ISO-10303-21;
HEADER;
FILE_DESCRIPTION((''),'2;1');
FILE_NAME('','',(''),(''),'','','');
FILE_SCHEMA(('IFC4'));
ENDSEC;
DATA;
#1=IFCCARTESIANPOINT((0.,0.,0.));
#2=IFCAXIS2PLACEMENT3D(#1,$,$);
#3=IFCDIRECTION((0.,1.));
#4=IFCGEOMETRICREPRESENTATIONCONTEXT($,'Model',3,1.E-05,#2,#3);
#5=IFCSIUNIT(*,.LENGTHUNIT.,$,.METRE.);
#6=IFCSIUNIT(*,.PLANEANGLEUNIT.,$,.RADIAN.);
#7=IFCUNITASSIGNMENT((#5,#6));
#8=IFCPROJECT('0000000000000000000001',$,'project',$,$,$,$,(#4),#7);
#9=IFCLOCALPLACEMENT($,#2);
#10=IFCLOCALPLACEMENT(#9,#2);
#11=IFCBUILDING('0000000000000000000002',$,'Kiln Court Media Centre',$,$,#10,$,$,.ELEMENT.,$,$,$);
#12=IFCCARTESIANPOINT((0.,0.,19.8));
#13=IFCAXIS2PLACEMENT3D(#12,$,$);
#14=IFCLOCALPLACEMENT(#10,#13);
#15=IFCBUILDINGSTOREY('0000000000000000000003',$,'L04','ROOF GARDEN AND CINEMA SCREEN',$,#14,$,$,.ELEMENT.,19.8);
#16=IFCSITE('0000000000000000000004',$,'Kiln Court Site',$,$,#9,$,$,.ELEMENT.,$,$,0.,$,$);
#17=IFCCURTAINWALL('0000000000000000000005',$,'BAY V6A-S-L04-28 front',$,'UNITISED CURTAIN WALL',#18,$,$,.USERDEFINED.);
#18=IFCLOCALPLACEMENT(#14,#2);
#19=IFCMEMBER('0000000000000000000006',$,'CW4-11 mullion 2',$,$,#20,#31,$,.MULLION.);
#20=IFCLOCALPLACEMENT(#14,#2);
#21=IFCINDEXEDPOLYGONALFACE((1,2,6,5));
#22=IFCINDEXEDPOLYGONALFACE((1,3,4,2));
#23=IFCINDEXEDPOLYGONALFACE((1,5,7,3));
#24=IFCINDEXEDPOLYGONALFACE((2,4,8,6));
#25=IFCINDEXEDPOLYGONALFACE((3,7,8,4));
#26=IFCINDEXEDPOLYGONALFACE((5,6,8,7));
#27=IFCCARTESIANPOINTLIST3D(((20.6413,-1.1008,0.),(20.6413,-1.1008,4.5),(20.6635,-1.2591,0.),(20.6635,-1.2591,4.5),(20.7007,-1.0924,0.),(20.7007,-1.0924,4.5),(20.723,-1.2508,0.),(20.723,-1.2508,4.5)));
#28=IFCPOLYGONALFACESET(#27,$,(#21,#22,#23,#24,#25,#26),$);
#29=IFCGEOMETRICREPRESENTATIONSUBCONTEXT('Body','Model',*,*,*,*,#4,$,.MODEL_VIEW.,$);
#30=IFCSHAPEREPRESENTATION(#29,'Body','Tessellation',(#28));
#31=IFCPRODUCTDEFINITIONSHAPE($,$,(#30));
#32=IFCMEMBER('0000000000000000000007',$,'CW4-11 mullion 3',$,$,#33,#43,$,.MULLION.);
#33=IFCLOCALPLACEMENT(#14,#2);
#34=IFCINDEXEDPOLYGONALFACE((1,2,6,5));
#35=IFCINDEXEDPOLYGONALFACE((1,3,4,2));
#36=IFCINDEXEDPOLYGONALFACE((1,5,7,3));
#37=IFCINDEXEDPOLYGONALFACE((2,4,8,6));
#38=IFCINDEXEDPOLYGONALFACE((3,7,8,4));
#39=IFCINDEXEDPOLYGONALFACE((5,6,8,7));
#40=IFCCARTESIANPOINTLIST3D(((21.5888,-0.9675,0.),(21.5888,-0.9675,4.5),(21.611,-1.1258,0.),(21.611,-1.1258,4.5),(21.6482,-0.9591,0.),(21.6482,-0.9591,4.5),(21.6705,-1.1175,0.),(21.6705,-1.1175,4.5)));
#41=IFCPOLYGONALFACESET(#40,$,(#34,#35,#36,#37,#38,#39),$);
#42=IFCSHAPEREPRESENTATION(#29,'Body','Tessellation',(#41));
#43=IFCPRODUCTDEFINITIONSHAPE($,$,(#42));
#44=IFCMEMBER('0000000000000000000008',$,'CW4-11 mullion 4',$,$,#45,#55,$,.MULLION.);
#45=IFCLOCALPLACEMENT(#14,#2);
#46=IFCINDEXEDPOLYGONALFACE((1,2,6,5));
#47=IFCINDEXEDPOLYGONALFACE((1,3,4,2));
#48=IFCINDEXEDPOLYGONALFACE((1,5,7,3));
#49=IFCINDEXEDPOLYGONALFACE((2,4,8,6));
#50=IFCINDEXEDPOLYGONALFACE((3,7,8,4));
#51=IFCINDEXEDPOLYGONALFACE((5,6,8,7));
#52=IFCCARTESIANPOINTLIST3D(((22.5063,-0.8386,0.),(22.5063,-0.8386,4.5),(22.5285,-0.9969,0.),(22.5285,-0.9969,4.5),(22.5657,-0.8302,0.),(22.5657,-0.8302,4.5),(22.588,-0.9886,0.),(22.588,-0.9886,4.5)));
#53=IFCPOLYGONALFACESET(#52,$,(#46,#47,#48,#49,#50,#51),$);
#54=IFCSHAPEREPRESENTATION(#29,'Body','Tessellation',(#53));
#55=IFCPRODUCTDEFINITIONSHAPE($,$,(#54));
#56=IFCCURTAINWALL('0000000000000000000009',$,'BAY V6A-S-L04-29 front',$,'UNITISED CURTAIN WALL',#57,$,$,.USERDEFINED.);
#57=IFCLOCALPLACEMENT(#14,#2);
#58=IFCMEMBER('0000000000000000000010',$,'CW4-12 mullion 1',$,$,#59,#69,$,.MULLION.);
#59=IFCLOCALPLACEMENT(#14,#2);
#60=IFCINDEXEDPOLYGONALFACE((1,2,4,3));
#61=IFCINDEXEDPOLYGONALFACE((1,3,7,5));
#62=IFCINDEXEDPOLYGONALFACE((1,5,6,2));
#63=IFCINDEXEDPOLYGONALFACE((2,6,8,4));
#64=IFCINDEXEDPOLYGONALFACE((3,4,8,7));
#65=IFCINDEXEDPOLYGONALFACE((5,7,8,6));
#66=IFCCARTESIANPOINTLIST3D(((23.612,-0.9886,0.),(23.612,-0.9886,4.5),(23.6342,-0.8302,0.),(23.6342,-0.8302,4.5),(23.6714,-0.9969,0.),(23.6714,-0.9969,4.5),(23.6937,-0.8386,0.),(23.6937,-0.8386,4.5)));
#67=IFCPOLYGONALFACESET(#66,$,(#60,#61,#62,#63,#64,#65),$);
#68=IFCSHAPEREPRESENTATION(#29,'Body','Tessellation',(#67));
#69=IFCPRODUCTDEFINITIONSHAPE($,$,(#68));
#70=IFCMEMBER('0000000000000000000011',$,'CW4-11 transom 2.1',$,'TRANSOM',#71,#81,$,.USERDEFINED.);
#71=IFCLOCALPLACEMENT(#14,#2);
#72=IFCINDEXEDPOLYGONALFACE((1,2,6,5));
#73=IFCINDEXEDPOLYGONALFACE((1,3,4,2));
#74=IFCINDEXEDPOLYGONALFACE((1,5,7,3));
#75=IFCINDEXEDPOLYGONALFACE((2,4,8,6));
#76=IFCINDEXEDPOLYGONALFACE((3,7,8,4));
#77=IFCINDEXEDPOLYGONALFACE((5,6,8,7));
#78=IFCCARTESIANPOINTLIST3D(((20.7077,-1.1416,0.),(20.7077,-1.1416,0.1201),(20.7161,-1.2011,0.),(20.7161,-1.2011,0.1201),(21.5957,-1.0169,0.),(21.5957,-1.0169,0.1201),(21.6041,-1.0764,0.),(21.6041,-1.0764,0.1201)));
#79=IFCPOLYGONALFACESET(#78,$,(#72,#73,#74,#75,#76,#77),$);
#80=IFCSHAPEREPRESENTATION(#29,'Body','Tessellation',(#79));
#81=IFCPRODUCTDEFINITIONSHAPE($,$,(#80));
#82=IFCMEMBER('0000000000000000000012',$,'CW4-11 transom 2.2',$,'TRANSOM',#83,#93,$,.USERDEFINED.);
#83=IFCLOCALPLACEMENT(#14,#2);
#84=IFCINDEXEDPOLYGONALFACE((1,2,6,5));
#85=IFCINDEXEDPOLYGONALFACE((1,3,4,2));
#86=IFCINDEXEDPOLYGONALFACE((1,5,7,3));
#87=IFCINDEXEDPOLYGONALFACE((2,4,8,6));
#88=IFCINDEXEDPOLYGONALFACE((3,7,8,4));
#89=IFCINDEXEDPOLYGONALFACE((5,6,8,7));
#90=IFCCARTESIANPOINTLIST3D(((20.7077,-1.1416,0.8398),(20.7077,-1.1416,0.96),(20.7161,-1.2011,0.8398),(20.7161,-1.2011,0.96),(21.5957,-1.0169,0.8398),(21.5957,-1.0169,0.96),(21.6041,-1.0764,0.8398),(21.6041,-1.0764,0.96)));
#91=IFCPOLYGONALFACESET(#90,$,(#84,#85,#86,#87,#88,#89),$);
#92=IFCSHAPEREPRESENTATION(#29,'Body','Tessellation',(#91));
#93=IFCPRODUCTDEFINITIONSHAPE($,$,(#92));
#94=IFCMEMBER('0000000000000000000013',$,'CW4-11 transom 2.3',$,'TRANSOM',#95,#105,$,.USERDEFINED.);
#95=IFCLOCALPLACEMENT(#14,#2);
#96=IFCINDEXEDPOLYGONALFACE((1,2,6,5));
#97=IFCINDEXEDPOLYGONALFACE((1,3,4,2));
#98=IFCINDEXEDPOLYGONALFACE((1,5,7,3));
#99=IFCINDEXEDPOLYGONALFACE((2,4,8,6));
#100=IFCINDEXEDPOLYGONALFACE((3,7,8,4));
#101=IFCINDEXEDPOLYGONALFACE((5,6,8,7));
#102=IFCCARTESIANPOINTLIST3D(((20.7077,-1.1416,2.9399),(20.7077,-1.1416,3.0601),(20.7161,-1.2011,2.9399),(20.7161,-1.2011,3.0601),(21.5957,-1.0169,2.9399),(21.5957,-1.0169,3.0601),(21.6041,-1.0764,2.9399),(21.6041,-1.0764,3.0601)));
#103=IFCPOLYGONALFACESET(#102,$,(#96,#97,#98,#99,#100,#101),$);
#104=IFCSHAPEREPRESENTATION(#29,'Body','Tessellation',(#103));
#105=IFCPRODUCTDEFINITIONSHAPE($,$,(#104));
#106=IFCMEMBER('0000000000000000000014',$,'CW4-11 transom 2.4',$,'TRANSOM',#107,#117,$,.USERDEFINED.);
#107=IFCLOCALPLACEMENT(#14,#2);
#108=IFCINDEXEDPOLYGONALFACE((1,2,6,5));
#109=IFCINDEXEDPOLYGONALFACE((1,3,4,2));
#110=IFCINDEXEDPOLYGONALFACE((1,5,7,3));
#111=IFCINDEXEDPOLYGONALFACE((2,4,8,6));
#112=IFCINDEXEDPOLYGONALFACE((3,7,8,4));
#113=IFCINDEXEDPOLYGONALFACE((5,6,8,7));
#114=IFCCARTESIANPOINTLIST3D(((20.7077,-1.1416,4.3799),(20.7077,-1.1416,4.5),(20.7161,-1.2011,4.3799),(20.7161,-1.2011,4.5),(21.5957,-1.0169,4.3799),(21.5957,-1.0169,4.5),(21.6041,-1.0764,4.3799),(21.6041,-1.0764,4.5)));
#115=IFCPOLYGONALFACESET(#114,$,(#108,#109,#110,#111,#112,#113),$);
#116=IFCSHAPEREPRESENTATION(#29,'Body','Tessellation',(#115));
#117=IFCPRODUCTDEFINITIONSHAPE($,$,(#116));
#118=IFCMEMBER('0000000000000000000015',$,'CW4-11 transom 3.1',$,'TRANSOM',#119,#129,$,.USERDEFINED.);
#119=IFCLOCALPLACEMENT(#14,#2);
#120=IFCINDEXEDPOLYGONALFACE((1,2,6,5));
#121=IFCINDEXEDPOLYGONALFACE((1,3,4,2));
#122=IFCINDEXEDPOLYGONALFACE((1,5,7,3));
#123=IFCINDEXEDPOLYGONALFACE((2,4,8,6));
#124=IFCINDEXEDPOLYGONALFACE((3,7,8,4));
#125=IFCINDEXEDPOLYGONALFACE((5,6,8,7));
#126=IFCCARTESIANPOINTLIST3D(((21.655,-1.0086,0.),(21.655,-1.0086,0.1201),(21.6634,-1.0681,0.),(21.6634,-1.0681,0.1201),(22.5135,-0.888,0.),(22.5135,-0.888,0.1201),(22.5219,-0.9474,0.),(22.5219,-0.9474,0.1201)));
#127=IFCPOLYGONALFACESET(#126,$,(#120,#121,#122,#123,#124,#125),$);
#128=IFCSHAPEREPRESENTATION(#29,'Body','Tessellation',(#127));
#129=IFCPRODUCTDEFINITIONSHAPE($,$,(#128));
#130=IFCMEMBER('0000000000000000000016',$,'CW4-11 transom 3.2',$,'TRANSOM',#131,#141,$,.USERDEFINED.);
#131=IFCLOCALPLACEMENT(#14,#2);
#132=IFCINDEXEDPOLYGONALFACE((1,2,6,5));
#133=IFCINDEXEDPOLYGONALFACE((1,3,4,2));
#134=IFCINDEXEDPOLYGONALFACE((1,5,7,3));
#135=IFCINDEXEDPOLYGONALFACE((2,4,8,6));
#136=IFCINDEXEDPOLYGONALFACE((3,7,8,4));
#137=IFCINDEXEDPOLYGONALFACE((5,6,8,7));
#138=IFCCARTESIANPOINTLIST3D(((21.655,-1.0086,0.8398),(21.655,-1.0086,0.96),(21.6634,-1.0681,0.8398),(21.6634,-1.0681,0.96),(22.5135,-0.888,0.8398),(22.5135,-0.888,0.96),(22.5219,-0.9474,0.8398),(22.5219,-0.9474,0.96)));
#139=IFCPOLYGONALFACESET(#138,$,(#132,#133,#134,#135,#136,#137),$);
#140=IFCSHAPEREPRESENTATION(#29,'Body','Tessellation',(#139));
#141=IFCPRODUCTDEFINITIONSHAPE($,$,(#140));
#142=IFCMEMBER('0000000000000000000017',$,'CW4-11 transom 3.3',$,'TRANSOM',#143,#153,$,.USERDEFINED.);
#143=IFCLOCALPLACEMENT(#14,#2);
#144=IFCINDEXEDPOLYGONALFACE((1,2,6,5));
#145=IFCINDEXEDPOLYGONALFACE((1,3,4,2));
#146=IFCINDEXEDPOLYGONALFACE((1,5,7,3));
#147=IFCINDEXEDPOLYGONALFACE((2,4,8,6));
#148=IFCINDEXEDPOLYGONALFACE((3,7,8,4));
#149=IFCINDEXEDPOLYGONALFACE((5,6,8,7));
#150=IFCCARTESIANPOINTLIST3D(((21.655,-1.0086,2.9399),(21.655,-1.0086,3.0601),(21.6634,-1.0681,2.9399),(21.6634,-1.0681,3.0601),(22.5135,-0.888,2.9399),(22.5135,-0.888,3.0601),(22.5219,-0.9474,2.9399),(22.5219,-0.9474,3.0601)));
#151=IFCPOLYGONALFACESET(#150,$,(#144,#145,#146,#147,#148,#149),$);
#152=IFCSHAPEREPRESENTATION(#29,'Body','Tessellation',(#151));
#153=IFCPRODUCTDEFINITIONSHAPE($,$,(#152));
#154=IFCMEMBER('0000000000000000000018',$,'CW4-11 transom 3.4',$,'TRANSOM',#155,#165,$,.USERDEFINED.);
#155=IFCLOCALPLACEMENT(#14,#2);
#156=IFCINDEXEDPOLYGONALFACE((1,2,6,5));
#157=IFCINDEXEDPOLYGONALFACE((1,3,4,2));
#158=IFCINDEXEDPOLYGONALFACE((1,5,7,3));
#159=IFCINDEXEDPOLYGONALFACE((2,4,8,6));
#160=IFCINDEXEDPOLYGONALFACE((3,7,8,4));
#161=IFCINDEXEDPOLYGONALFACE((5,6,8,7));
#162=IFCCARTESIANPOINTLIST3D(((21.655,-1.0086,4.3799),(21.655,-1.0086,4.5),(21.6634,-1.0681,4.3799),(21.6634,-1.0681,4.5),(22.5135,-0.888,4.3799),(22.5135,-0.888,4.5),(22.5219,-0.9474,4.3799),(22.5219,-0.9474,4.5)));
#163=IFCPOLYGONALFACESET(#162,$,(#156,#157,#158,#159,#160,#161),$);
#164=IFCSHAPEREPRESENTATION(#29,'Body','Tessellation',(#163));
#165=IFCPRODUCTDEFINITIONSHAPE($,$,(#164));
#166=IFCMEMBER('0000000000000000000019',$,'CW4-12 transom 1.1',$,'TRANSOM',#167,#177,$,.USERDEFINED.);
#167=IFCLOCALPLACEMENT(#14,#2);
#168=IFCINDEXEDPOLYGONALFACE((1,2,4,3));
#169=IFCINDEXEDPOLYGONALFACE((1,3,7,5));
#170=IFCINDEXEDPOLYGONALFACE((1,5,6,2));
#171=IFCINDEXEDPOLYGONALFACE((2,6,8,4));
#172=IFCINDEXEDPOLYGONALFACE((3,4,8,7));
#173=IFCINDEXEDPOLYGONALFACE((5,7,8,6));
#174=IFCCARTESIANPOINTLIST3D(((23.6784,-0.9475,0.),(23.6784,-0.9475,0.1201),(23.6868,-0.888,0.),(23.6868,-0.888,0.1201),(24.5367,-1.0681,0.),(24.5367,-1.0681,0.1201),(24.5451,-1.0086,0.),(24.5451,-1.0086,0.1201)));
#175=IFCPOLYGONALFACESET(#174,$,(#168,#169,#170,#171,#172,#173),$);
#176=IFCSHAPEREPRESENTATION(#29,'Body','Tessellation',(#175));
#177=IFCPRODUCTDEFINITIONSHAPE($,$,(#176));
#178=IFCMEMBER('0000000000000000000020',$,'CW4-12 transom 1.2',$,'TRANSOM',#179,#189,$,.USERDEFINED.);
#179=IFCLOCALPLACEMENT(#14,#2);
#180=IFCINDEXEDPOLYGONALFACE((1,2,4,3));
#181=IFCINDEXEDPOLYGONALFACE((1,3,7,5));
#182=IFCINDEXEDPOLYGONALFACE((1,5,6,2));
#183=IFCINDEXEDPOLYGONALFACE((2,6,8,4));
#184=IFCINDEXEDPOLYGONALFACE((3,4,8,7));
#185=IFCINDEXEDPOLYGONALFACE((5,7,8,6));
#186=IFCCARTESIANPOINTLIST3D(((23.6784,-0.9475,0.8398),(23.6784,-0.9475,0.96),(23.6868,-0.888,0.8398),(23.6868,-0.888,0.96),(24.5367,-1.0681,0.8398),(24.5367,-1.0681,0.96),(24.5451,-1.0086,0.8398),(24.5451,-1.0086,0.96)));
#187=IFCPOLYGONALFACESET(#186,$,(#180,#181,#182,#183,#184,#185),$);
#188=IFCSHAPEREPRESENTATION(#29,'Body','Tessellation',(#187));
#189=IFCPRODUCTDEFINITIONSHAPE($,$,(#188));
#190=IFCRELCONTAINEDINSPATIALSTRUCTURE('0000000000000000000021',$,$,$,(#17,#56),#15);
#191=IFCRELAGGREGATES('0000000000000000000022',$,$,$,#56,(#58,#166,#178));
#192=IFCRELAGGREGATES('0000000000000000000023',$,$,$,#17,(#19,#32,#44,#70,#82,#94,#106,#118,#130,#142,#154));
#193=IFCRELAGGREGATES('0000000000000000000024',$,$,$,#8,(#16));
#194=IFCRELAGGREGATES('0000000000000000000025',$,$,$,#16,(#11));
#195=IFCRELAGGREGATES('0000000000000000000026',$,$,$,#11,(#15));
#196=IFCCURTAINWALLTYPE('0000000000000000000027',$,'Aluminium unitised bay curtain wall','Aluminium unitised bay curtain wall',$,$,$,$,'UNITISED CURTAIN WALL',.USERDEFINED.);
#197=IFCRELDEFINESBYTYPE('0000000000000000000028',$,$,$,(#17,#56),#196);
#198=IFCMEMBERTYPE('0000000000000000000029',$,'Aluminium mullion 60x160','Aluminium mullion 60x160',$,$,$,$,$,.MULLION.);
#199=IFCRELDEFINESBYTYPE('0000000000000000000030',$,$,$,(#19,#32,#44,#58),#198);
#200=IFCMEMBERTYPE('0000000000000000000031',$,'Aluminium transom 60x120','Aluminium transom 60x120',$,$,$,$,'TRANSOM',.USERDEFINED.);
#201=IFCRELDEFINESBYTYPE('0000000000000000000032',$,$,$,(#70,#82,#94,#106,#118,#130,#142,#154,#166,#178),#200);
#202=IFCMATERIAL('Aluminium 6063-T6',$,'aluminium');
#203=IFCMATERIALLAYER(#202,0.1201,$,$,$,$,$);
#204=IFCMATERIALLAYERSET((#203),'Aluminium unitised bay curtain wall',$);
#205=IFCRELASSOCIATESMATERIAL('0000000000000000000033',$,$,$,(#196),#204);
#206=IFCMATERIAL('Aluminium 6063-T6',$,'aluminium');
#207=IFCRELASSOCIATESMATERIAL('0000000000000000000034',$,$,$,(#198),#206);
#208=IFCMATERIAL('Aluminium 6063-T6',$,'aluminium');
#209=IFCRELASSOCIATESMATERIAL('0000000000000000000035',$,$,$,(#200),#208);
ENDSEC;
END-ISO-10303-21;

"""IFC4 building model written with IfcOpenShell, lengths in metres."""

from ifc_helpers import new_model, si_unit, direction, frame, origin, origin_2d, place, context, subcontext, project, spatial, rectangle, extrude, material, layer, layer_set, material_profile, profile_set, type_object, element, aggregate, save


model = new_model("IFC4")

# Units and contexts
model_context = context("Model", 3, precision=1e-05, world=origin(), true_north=direction((0.0, 1.0)))
body_context = subcontext(model_context, "Body", "Model", "MODEL_VIEW")
ifc_project = project(units=[si_unit("LENGTHUNIT", "METRE"), si_unit("PLANEANGLEUNIT", "RADIAN")], contexts=[model_context])

# Site, building, storey
site_placement = place(None, origin())
site = spatial("IfcSite", under=ifc_project, at=site_placement, Name="Kiln Court Site", CompositionType="ELEMENT", RefElevation=0.0)
building_placement = place(site_placement, origin())
building = spatial("IfcBuilding", under=site, at=building_placement, Name="Kiln Court Media Centre", CompositionType="ELEMENT")
storey_placement = place(building_placement, frame((0.0, 0.0, 19.8)))
storey = spatial("IfcBuildingStorey", under=building, at=storey_placement, Name="L04", Description="ROOF GARDEN AND CINEMA SCREEN", CompositionType="ELEMENT", Elevation=19.8)

# Curtain wall, members
ifc_material_1 = material(Name="Aluminium 6063-T6", Category="aluminium")
ifc_layer_1 = layer(ifc_material_1, 0.1201)
ifc_layer_set_1 = layer_set([ifc_layer_1], Name="Aluminium unitised bay curtain wall")
curtain_wall_type = type_object("IfcCurtainWallType", Name="Aluminium unitised bay curtain wall", Description="Aluminium unitised bay curtain wall", ElementType="UNITISED CURTAIN WALL", PredefinedType="USERDEFINED", material=ifc_layer_set_1)
curtain_wall_1_placement = place(storey_placement, origin())
curtain_wall_1 = element("IfcCurtainWall", 1, at=curtain_wall_1_placement, inside=storey, type_object=curtain_wall_type, Name="BAY V6A-S-L04-28 front", ObjectType="UNITISED CURTAIN WALL", PredefinedType="USERDEFINED")
ifc_material_2 = material(Name="Aluminium 6063-T6", Category="aluminium")
ifc_material_profile_1 = material_profile(ifc_material_2, rectangle(XDim=0.0601, YDim=0.1599, at=origin_2d()), Name="Aluminium mullion 60x160")
ifc_profile_set_1 = profile_set([ifc_material_profile_1], Name="Aluminium 6063-T6")
member_type_1 = type_object("IfcMemberType", Name="Aluminium mullion 60x160", Description="Aluminium mullion 60x160", PredefinedType="MULLION", material=ifc_profile_set_1)
member_1_placement = place(storey_placement, frame((20.6821, -1.1758, 0.0), z_axis=(0.0, 0.0, 1.0), x_axis=(0.99027, 0.139162, 0.0)))
member_1 = element("IfcMember", 2, at=member_1_placement, type_object=member_type_1, Name="CW4-11 mullion 2", PredefinedType="MULLION", context=body_context, shape_type="SweptSolid", body=[
    extrude(rectangle(XDim=0.0601, YDim=0.1599, at=origin_2d()), origin(), (0.0, 0.0, 1.0), 4.5),
])
member_2_placement = place(storey_placement, frame((21.6296, -1.0425, 0.0), z_axis=(0.0, 0.0, 1.0), x_axis=(0.99027, 0.139162, 0.0)))
member_2 = element("IfcMember", 3, at=member_2_placement, type_object=member_type_1, Name="CW4-11 mullion 3", PredefinedType="MULLION", context=body_context, shape_type="SweptSolid", body=[
    extrude(rectangle(XDim=0.0601, YDim=0.1599, at=origin_2d()), origin(), (0.0, 0.0, 1.0), 4.5),
])
member_3_placement = place(storey_placement, frame((22.5471, -0.9136, 0.0), z_axis=(0.0, 0.0, 1.0), x_axis=(0.99027, 0.139162, 0.0)))
member_3 = element("IfcMember", 4, at=member_3_placement, type_object=member_type_1, Name="CW4-11 mullion 4", PredefinedType="MULLION", context=body_context, shape_type="SweptSolid", body=[
    extrude(rectangle(XDim=0.0601, YDim=0.1599, at=origin_2d()), origin(), (0.0, 0.0, 1.0), 4.5),
])

# Curtain wall, member
curtain_wall_2_placement = place(storey_placement, origin())
curtain_wall_2 = element("IfcCurtainWall", 5, at=curtain_wall_2_placement, inside=storey, type_object=curtain_wall_type, Name="BAY V6A-S-L04-29 front", ObjectType="UNITISED CURTAIN WALL", PredefinedType="USERDEFINED")
member_4_placement = place(storey_placement, frame((23.6528, -0.9136, 0.0), z_axis=(0.0, 0.0, 1.0), x_axis=(0.99027, -0.139162, 0.0)))
member_4 = element("IfcMember", 6, at=member_4_placement, type_object=member_type_1, Name="CW4-12 mullion 1", PredefinedType="MULLION", context=body_context, shape_type="SweptSolid", body=[
    extrude(rectangle(XDim=0.0601, YDim=0.1599, at=origin_2d()), origin(), (0.0, 0.0, 1.0), 4.5),
])

# Members
ifc_material_3 = material(Name="Aluminium 6063-T6", Category="aluminium")
ifc_material_profile_2 = material_profile(ifc_material_3, rectangle(XDim=0.0601, YDim=0.1201, at=origin_2d()), Name="Aluminium transom 60x120")
ifc_profile_set_2 = profile_set([ifc_material_profile_2], Name="Aluminium 6063-T6")
member_type_2 = type_object("IfcMemberType", Name="Aluminium transom 60x120", Description="Aluminium transom 60x120", ElementType="TRANSOM", PredefinedType="USERDEFINED", material=ifc_profile_set_2)
member_5_placement = place(storey_placement, frame((20.7119, -1.1714, 0.0601), z_axis=(0.990274, 0.139134, 0.0), x_axis=(-0.139134, 0.990274, 0.0)))
member_5 = element("IfcMember", 7, at=member_5_placement, type_object=member_type_2, Name="CW4-11 transom 2.1", ObjectType="TRANSOM", PredefinedType="USERDEFINED", context=body_context, shape_type="SweptSolid", body=[
    extrude(rectangle(XDim=0.0601, YDim=0.1201, at=origin_2d()), origin(), (0.0, 0.0, 1.0), 0.8967),
])
member_6_placement = place(storey_placement, frame((20.7119, -1.1714, 0.8999), z_axis=(0.990274, 0.139134, 0.0), x_axis=(-0.139134, 0.990274, 0.0)))
member_6 = element("IfcMember", 8, at=member_6_placement, type_object=member_type_2, Name="CW4-11 transom 2.2", ObjectType="TRANSOM", PredefinedType="USERDEFINED", context=body_context, shape_type="SweptSolid", body=[
    extrude(rectangle(XDim=0.0601, YDim=0.1201, at=origin_2d()), origin(), (0.0, 0.0, 1.0), 0.8967),
])
member_7_placement = place(storey_placement, frame((20.7119, -1.1714, 3.0), z_axis=(0.990274, 0.139134, 0.0), x_axis=(-0.139134, 0.990274, 0.0)))
member_7 = element("IfcMember", 9, at=member_7_placement, type_object=member_type_2, Name="CW4-11 transom 2.3", ObjectType="TRANSOM", PredefinedType="USERDEFINED", context=body_context, shape_type="SweptSolid", body=[
    extrude(rectangle(XDim=0.0601, YDim=0.1201, at=origin_2d()), origin(), (0.0, 0.0, 1.0), 0.8967),
])
member_8_placement = place(storey_placement, frame((20.7119, -1.1714, 4.4399), z_axis=(0.990274, 0.139134, 0.0), x_axis=(-0.139134, 0.990274, 0.0)))
member_8 = element("IfcMember", 10, at=member_8_placement, type_object=member_type_2, Name="CW4-11 transom 2.4", ObjectType="TRANSOM", PredefinedType="USERDEFINED", context=body_context, shape_type="SweptSolid", body=[
    extrude(rectangle(XDim=0.0601, YDim=0.1201, at=origin_2d()), origin(), (0.0, 0.0, 1.0), 0.8967),
])
member_9_placement = place(storey_placement, frame((21.6592, -1.0383, 0.0601), z_axis=(0.990274, 0.139134, 0.0), x_axis=(-0.139134, 0.990274, 0.0)))
member_9 = element("IfcMember", 11, at=member_9_placement, type_object=member_type_2, Name="CW4-11 transom 3.1", ObjectType="TRANSOM", PredefinedType="USERDEFINED", context=body_context, shape_type="SweptSolid", body=[
    extrude(rectangle(XDim=0.0601, YDim=0.1201, at=origin_2d()), origin(), (0.0, 0.0, 1.0), 0.8669),
])
member_10_placement = place(storey_placement, frame((21.6592, -1.0383, 0.8999), z_axis=(0.990274, 0.139134, 0.0), x_axis=(-0.139134, 0.990274, 0.0)))
member_10 = element("IfcMember", 12, at=member_10_placement, type_object=member_type_2, Name="CW4-11 transom 3.2", ObjectType="TRANSOM", PredefinedType="USERDEFINED", context=body_context, shape_type="SweptSolid", body=[
    extrude(rectangle(XDim=0.0601, YDim=0.1201, at=origin_2d()), origin(), (0.0, 0.0, 1.0), 0.8669),
])
member_11_placement = place(storey_placement, frame((21.6592, -1.0383, 3.0), z_axis=(0.990274, 0.139134, 0.0), x_axis=(-0.139134, 0.990274, 0.0)))
member_11 = element("IfcMember", 13, at=member_11_placement, type_object=member_type_2, Name="CW4-11 transom 3.3", ObjectType="TRANSOM", PredefinedType="USERDEFINED", context=body_context, shape_type="SweptSolid", body=[
    extrude(rectangle(XDim=0.0601, YDim=0.1201, at=origin_2d()), origin(), (0.0, 0.0, 1.0), 0.8669),
])
member_12_placement = place(storey_placement, frame((21.6592, -1.0383, 4.4399), z_axis=(0.990274, 0.139134, 0.0), x_axis=(-0.139134, 0.990274, 0.0)))
member_12 = element("IfcMember", 14, at=member_12_placement, type_object=member_type_2, Name="CW4-11 transom 3.4", ObjectType="TRANSOM", PredefinedType="USERDEFINED", context=body_context, shape_type="SweptSolid", body=[
    extrude(rectangle(XDim=0.0601, YDim=0.1201, at=origin_2d()), origin(), (0.0, 0.0, 1.0), 0.8669),
])
member_13_placement = place(storey_placement, frame((23.6826, -0.9177, 0.0601), z_axis=(0.990268, -0.139173, 0.0), x_axis=(0.139173, 0.990268, 0.0)))
member_13 = element("IfcMember", 15, at=member_13_placement, type_object=member_type_2, Name="CW4-12 transom 1.1", ObjectType="TRANSOM", PredefinedType="USERDEFINED", context=body_context, shape_type="SweptSolid", body=[
    extrude(rectangle(XDim=0.0601, YDim=0.1201, at=origin_2d()), origin(), (0.0, 0.0, 1.0), 0.8667),
])
member_14_placement = place(storey_placement, frame((23.6826, -0.9177, 0.8999), z_axis=(0.990268, -0.139173, 0.0), x_axis=(0.139173, 0.990268, 0.0)))
member_14 = element("IfcMember", 16, at=member_14_placement, type_object=member_type_2, Name="CW4-12 transom 1.2", ObjectType="TRANSOM", PredefinedType="USERDEFINED", context=body_context, shape_type="SweptSolid", body=[
    extrude(rectangle(XDim=0.0601, YDim=0.1201, at=origin_2d()), origin(), (0.0, 0.0, 1.0), 0.8667),
])

aggregate(curtain_wall_2, [member_4, member_13, member_14])
aggregate(curtain_wall_1, [member_1, member_2, member_3, member_5, member_6, member_7, member_8, member_9, member_10, member_11, member_12])

save(model, "model.ifc")
